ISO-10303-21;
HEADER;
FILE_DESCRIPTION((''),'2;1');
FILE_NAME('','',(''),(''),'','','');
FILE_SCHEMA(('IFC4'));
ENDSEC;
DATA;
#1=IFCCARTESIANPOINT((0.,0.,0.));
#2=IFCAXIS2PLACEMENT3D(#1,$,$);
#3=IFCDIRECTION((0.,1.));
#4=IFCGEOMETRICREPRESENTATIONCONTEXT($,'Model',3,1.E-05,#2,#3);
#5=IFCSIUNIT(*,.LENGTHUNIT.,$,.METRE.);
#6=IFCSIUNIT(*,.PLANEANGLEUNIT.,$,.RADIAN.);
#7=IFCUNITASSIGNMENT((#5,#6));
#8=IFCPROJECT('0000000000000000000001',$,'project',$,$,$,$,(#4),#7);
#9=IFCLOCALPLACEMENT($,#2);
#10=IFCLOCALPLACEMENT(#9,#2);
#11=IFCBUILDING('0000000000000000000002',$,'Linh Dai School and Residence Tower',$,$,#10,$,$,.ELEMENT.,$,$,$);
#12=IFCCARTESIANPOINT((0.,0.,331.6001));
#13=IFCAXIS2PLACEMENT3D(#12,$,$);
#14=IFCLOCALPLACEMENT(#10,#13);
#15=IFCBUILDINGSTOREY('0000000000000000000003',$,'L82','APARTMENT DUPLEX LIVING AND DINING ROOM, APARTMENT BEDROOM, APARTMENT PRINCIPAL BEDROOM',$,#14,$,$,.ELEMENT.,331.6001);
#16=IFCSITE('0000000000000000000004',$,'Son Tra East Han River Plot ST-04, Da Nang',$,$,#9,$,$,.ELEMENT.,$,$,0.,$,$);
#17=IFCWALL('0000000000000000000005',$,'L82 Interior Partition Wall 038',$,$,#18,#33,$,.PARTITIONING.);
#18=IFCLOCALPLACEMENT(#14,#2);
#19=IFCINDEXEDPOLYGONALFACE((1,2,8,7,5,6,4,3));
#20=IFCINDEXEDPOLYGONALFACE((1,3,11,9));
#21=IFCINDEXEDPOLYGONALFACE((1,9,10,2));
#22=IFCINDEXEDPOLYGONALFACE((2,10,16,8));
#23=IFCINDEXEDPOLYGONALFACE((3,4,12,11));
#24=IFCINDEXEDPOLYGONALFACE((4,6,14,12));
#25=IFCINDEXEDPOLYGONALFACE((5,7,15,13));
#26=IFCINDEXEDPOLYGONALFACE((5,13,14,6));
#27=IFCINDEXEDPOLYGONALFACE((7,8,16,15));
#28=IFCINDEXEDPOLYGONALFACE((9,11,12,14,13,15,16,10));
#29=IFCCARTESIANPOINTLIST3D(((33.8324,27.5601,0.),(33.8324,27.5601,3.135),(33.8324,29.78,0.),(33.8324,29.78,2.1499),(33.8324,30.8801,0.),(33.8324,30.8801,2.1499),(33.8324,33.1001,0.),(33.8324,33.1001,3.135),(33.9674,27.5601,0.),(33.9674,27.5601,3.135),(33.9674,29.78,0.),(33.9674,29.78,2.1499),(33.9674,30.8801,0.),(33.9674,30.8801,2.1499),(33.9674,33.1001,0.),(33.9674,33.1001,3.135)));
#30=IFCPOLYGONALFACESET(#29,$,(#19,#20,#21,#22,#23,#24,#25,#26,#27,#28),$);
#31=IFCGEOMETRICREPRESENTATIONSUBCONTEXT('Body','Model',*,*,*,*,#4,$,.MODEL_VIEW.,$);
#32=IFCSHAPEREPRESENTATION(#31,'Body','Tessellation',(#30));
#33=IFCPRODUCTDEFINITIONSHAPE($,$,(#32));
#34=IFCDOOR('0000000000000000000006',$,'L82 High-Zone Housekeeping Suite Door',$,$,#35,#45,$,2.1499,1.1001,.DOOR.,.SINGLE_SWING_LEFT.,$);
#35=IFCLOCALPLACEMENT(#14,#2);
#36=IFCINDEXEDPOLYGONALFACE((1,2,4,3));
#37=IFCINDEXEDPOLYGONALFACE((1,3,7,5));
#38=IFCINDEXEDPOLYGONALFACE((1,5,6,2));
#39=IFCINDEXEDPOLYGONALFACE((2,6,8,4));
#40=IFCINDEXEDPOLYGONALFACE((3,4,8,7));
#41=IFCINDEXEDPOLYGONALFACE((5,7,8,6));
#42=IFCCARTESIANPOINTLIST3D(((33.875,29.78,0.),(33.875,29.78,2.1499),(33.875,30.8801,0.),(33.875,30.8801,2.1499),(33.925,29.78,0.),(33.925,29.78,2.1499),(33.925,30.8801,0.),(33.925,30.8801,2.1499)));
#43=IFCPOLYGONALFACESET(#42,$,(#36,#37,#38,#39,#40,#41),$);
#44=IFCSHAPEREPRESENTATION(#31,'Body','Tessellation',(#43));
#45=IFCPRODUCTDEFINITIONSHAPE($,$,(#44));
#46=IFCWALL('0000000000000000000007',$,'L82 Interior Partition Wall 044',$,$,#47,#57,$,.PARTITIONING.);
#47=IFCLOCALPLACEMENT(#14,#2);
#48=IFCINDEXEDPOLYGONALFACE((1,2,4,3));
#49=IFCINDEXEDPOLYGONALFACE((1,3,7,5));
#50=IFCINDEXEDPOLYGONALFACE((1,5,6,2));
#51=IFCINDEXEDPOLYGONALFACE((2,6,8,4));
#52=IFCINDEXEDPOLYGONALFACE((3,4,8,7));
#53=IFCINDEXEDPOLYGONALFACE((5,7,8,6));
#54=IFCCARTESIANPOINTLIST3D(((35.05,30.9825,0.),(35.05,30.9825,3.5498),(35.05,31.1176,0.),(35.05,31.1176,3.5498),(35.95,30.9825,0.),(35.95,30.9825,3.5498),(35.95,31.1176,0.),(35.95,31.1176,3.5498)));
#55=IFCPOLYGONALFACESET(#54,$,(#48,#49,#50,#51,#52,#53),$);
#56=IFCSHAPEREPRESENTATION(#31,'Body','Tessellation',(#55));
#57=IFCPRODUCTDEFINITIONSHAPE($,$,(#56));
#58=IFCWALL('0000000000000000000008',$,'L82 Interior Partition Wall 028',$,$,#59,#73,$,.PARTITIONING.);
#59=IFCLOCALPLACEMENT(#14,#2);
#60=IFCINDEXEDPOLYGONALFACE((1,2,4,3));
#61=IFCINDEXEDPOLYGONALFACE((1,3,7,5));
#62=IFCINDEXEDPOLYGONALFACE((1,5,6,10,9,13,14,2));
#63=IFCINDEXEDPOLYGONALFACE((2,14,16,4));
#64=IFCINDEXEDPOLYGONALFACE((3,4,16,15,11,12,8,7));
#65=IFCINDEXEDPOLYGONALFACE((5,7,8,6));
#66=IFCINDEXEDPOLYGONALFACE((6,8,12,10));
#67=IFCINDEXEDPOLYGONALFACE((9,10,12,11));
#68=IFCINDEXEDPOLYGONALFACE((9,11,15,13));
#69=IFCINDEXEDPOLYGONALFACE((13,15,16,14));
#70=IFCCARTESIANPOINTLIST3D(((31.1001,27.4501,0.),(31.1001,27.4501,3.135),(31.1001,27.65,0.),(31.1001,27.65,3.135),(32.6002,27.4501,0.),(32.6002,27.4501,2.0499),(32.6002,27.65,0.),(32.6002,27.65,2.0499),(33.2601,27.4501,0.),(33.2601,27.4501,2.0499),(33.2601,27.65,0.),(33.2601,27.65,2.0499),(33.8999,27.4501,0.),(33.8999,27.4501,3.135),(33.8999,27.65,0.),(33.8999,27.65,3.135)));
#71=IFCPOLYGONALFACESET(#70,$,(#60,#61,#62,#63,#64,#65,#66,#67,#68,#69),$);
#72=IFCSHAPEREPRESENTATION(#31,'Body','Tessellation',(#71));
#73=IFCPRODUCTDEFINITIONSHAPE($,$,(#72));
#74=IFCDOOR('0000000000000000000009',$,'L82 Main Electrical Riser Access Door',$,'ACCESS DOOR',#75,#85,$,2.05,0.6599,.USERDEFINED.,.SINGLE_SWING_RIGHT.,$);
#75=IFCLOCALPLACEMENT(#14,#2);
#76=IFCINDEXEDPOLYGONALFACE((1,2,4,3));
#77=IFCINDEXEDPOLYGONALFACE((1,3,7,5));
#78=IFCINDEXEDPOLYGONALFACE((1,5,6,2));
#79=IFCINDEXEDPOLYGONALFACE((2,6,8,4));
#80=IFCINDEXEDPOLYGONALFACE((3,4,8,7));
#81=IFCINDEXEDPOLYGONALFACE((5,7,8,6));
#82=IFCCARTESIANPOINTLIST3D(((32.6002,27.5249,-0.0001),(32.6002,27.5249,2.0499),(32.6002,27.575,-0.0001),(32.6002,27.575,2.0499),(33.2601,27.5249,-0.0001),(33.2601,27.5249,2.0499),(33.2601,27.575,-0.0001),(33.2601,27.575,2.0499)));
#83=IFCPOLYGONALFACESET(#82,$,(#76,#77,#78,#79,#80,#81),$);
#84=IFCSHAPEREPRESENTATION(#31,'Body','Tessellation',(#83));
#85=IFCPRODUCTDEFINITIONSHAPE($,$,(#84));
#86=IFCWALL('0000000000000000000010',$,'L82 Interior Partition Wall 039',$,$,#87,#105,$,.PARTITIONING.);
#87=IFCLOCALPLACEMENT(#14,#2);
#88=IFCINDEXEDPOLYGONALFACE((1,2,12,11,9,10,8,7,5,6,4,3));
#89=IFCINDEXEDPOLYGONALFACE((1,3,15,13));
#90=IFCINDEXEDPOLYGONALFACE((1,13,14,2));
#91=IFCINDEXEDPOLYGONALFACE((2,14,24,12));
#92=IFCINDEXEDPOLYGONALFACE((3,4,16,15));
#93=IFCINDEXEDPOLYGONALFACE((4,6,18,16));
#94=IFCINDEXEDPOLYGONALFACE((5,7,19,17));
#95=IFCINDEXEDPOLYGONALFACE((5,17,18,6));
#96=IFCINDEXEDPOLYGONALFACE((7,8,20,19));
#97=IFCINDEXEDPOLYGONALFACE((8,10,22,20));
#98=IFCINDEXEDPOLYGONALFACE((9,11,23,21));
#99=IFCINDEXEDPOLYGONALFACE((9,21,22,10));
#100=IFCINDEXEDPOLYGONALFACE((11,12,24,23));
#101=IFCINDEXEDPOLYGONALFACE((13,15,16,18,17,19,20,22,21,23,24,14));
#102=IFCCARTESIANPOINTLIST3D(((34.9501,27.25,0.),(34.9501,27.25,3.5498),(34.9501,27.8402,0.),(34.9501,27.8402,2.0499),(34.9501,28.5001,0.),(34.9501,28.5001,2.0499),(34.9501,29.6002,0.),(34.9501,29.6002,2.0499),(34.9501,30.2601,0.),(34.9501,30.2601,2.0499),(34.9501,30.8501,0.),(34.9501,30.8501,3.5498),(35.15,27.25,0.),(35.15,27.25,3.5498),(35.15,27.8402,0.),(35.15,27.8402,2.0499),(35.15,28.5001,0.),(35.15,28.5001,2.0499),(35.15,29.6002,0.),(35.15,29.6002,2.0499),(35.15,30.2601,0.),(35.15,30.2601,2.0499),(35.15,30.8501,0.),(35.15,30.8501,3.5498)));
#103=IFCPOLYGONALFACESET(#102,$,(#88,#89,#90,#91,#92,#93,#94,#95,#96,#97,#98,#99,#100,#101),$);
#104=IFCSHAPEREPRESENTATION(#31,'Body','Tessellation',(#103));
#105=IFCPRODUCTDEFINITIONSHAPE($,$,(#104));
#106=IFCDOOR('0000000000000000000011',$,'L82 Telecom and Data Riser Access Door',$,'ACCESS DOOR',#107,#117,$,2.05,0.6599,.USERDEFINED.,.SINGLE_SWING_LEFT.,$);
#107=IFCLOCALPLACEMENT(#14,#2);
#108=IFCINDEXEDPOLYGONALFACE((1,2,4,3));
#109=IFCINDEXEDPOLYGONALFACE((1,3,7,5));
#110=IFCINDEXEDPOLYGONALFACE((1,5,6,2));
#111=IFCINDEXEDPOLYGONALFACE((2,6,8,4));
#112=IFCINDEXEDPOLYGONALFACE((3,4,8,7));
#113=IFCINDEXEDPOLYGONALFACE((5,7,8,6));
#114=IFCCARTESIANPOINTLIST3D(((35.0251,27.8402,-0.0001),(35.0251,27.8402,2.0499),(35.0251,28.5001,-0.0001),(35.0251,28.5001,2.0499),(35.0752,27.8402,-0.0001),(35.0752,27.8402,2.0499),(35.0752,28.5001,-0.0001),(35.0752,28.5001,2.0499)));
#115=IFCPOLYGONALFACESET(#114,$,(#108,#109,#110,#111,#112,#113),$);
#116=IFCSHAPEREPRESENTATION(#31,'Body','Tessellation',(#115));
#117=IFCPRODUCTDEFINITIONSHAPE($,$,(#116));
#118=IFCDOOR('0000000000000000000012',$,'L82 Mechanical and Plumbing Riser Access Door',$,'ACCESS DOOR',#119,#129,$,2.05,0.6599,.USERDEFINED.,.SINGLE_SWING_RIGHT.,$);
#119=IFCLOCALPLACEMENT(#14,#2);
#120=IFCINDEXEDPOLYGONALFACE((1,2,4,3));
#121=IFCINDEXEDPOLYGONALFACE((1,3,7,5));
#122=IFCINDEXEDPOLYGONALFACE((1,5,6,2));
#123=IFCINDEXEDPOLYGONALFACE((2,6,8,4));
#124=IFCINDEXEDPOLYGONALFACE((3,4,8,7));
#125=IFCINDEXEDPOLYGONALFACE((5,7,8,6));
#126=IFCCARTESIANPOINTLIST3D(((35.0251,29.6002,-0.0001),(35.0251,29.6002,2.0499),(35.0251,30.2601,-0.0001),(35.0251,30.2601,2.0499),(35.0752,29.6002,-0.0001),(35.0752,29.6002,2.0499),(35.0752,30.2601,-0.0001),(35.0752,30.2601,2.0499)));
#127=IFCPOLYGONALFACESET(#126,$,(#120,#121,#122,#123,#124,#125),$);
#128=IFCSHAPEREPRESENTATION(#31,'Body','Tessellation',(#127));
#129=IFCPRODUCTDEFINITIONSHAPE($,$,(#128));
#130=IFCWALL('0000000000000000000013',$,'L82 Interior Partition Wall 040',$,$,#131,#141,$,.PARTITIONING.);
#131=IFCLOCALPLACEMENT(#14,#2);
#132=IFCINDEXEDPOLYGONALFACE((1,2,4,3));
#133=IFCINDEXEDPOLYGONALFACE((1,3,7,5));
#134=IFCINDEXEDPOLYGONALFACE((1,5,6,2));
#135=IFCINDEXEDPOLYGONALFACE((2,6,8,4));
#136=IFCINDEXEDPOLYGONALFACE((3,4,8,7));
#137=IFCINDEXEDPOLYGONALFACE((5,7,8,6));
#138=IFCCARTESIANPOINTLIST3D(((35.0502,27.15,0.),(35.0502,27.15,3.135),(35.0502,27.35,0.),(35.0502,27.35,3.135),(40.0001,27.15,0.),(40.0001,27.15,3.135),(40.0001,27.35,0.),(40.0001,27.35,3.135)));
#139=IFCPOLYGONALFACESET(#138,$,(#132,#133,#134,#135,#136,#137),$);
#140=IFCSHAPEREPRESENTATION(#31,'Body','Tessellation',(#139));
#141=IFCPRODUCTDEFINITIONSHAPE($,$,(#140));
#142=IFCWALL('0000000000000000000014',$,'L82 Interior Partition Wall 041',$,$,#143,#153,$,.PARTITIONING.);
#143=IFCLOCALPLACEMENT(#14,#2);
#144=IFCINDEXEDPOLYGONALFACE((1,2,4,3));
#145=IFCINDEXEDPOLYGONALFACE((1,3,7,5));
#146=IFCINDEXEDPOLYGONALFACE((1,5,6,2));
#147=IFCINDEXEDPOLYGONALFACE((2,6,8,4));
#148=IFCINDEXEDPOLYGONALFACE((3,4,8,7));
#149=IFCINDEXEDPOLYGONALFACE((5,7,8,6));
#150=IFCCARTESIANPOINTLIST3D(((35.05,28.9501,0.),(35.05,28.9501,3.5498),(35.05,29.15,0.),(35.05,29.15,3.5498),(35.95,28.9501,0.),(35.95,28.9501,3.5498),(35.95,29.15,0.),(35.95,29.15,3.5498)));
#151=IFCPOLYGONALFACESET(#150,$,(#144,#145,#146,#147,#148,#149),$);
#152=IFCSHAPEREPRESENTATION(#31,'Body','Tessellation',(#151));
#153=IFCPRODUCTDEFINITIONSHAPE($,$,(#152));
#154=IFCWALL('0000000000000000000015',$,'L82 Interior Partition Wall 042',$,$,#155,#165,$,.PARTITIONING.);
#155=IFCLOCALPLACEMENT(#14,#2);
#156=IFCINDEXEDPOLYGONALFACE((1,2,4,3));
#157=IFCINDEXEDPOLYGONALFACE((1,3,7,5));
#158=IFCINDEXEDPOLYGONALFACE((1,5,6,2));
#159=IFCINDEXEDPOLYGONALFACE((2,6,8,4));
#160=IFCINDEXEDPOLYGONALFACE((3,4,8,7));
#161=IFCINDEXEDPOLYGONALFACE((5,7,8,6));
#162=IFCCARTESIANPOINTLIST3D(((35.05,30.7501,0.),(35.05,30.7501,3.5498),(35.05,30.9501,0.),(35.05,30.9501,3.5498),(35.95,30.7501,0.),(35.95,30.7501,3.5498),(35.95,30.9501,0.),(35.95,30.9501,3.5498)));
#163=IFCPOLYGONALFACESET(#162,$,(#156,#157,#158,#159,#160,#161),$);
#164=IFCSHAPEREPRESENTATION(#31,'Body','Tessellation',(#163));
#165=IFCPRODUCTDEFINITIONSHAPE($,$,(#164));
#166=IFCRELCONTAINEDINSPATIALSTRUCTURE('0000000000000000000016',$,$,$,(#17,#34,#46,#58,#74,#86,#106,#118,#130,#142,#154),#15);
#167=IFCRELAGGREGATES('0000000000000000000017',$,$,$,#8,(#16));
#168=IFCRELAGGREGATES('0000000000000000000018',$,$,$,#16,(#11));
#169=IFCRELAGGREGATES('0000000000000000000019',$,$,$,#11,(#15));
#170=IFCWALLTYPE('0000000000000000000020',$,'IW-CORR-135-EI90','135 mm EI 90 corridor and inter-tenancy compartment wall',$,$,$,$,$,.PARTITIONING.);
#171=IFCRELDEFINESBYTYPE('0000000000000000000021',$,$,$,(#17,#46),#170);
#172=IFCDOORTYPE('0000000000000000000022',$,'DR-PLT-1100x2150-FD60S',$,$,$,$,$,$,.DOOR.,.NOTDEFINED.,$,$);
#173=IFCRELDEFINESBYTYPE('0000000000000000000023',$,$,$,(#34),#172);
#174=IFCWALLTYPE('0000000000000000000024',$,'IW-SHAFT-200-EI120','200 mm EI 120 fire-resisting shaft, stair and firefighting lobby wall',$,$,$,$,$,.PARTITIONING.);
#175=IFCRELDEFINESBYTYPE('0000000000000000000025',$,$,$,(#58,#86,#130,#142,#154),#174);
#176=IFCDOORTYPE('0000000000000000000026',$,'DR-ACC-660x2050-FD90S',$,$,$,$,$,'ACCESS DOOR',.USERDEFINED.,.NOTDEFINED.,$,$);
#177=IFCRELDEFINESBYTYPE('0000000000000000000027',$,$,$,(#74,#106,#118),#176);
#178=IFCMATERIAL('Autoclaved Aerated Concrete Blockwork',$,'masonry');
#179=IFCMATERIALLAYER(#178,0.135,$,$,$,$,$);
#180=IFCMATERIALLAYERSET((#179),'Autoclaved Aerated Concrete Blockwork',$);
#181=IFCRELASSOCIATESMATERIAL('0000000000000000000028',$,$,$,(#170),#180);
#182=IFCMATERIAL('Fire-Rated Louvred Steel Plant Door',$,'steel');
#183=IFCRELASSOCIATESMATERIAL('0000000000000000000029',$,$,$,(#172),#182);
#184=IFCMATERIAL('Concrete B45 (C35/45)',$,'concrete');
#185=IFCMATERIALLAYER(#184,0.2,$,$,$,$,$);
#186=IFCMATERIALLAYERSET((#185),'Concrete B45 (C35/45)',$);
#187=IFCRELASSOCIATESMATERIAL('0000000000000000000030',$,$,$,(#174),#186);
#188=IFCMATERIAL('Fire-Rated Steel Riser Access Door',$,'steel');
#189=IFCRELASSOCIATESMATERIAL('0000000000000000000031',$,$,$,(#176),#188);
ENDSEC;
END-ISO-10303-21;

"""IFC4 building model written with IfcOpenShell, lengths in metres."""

from ifc_helpers import new_model, si_unit, direction, frame, frame_2d, origin, origin_2d, place, context, subcontext, project, spatial, rectangle, extrude, source, transform, mapped, material, layer, layer_set, type_object, element, fill, save


model = new_model("IFC4")

# Units and contexts
model_context = context("Model", 3, precision=1e-05, world=origin(), true_north=direction((0.0, 1.0)))
body_context = subcontext(model_context, "Body", "Model", "MODEL_VIEW")
ifc_project = project(units=[si_unit("LENGTHUNIT", "METRE"), si_unit("PLANEANGLEUNIT", "RADIAN")], contexts=[model_context])

# Site, building, storey
site_placement = place(None, origin())
site = spatial("IfcSite", under=ifc_project, at=site_placement, Name="Son Tra East Han River Plot ST-04, Da Nang", CompositionType="ELEMENT", RefElevation=0.0)
building_placement = place(site_placement, origin())
building = spatial("IfcBuilding", under=site, at=building_placement, Name="Linh Dai School and Residence Tower", CompositionType="ELEMENT")
storey_placement = place(building_placement, frame((0.0, 0.0, 331.6001)))
storey = spatial("IfcBuildingStorey", under=building, at=storey_placement, Name="L82", Description="APARTMENT DUPLEX LIVING AND DINING ROOM, APARTMENT BEDROOM, APARTMENT PRINCIPAL BEDROOM", CompositionType="ELEMENT", Elevation=331.6001)

# Wall, opening, door
ifc_material_1 = material(Name="Autoclaved Aerated Concrete Blockwork", Category="masonry")
ifc_layer_1 = layer(ifc_material_1, 0.135)
ifc_layer_set_1 = layer_set([ifc_layer_1], Name="Autoclaved Aerated Concrete Blockwork")
wall_type_1 = type_object("IfcWallType", Name="IW-CORR-135-EI90", Description="135 mm EI 90 corridor and inter-tenancy compartment wall", PredefinedType="PARTITIONING", material=ifc_layer_set_1)
wall_1_placement = place(storey_placement, frame((33.8999, 27.5601, 0.0), z_axis=(0.0, 0.0, 1.0), x_axis=(0.0, 1.0, 0.0)))
wall_1 = element("IfcWall", 1, at=wall_1_placement, inside=storey, type_object=wall_type_1, Name="L82 Interior Partition Wall 038", PredefinedType="PARTITIONING", context=body_context, shape_type="SweptSolid", body=[
    extrude(rectangle(XDim=5.54, YDim=0.135, at=frame_2d((2.77, 0.0))), origin(), (0.0, 0.0, 1.0), 3.135),
])
opening_1_placement = place(wall_1_placement, frame((2.22, 0.0, 0.0)))
opening_1 = element("IfcOpeningElement", 2, at=opening_1_placement, cuts=wall_1, PredefinedType="OPENING", context=body_context, shape_type="SweptSolid", body=[
    extrude(rectangle(XDim=1.1001, YDim=2.1499, at=origin_2d()), frame((0.55, 0.0776, 1.075), z_axis=(0.0, -1.0, 0.0), x_axis=(1.0, 0.0, 0.0)), (0.0, 0.0, 1.0), 0.155),
])
ifc_material_2 = material(Name="Fire-Rated Louvred Steel Plant Door", Category="steel")
door_type_1 = type_object("IfcDoorType", Name="DR-PLT-1100x2150-FD60S", OperationType="NOTDEFINED", PredefinedType="DOOR", material=ifc_material_2)
shared_shape_1 = source(origin(), body_context, "Body", "SweptSolid", [
    extrude(rectangle(XDim=1.1001, YDim=2.1499, at=origin_2d()), frame((0.55, 0.0249, 1.075), z_axis=(0.0, -1.0, 0.0), x_axis=(1.0, 0.0, 0.0)), (0.0, 0.0, 1.0), 0.05),
])
door_1_placement = place(opening_1_placement, origin())
door_1 = element("IfcDoor", 3, at=door_1_placement, inside=storey, type_object=door_type_1, Name="L82 High-Zone Housekeeping Suite Door", OperationType="SINGLE_SWING_LEFT", OverallHeight=2.1499, OverallWidth=1.1001, PredefinedType="DOOR", context=body_context, shape_type="MappedRepresentation", body=[
    mapped(shared_shape_1, transform((0.0, 0.0, 0.0), x_axis=(1.0, 0.0, 0.0), y_axis=(0.0, 1.0, 0.0), z_axis=(0.0, 0.0, 1.0), scale=1.0)),
])
fill(opening_1, door_1)

# Wall
wall_2_placement = place(storey_placement, frame((35.05, 31.05, 0.0), z_axis=(0.0, 0.0, 1.0), x_axis=(1.0, 0.0, 0.0)))
element("IfcWall", 4, at=wall_2_placement, inside=storey, type_object=wall_type_1, Name="L82 Interior Partition Wall 044", PredefinedType="PARTITIONING", context=body_context, shape_type="SweptSolid", body=[
    extrude(rectangle(XDim=0.8999, YDim=0.135, at=frame_2d((0.45, 0.0))), origin(), (0.0, 0.0, 1.0), 3.5498),
])

# Wall, opening, door
ifc_material_3 = material(Name="Concrete B45 (C35/45)", Category="concrete")
ifc_layer_2 = layer(ifc_material_3, 0.2)
ifc_layer_set_2 = layer_set([ifc_layer_2], Name="Concrete B45 (C35/45)")
wall_type_2 = type_object("IfcWallType", Name="IW-SHAFT-200-EI120", Description="200 mm EI 120 fire-resisting shaft, stair and firefighting lobby wall", PredefinedType="PARTITIONING", material=ifc_layer_set_2)
wall_3_placement = place(storey_placement, frame((31.1001, 27.55, 0.0), z_axis=(0.0, 0.0, 1.0), x_axis=(1.0, 0.0, 0.0)))
wall_3 = element("IfcWall", 5, at=wall_3_placement, inside=storey, type_object=wall_type_2, Name="L82 Interior Partition Wall 028", PredefinedType="PARTITIONING", context=body_context, shape_type="SweptSolid", body=[
    extrude(rectangle(XDim=2.7998, YDim=0.2, at=frame_2d((1.3999, 0.0))), origin(), (0.0, 0.0, 1.0), 3.135),
])
opening_2_placement = place(wall_3_placement, frame((1.5, 0.0, 0.0)))
opening_2 = element("IfcOpeningElement", 6, at=opening_2_placement, cuts=wall_3, PredefinedType="OPENING", context=body_context, shape_type="SweptSolid", body=[
    extrude(rectangle(XDim=0.6599, YDim=2.05, at=origin_2d()), frame((0.3301, 0.1099, 1.0249), z_axis=(0.0, -1.0, 0.0), x_axis=(1.0, 0.0, 0.0)), (0.0, 0.0, 1.0), 0.22),
])
ifc_material_4 = material(Name="Fire-Rated Steel Riser Access Door", Category="steel")
door_type_2 = type_object("IfcDoorType", Name="DR-ACC-660x2050-FD90S", ElementType="ACCESS DOOR", OperationType="NOTDEFINED", PredefinedType="USERDEFINED", material=ifc_material_4)
shared_shape_2 = source(origin(), body_context, "Body", "SweptSolid", [
    extrude(rectangle(XDim=0.6599, YDim=2.05, at=origin_2d()), frame((0.3301, 0.0249, 1.0249), z_axis=(0.0, -1.0, 0.0), x_axis=(1.0, 0.0, 0.0)), (0.0, 0.0, 1.0), 0.05),
])
door_2_placement = place(opening_2_placement, origin())
door_2 = element("IfcDoor", 7, at=door_2_placement, inside=storey, type_object=door_type_2, Name="L82 Main Electrical Riser Access Door", ObjectType="ACCESS DOOR", OperationType="SINGLE_SWING_RIGHT", OverallHeight=2.05, OverallWidth=0.6599, PredefinedType="USERDEFINED", context=body_context, shape_type="MappedRepresentation", body=[
    mapped(shared_shape_2, transform((0.0, 0.0, 0.0), x_axis=(1.0, 0.0, 0.0), y_axis=(0.0, 1.0, 0.0), z_axis=(0.0, 0.0, 1.0), scale=1.0)),
])
fill(opening_2, door_2)

# Wall, openings, doors
wall_4_placement = place(storey_placement, frame((35.05, 27.25, 0.0), z_axis=(0.0, 0.0, 1.0), x_axis=(0.0, 1.0, 0.0)))
wall_4 = element("IfcWall", 8, at=wall_4_placement, inside=storey, type_object=wall_type_2, Name="L82 Interior Partition Wall 039", PredefinedType="PARTITIONING", context=body_context, shape_type="SweptSolid", body=[
    extrude(rectangle(XDim=3.6001, YDim=0.2, at=frame_2d((1.8, 0.0))), origin(), (0.0, 0.0, 1.0), 3.5498),
])
opening_3_placement = place(wall_4_placement, frame((0.5901, 0.0, 0.0)))
opening_3 = element("IfcOpeningElement", 9, at=opening_3_placement, cuts=wall_4, PredefinedType="OPENING", context=body_context, shape_type="SweptSolid", body=[
    extrude(rectangle(XDim=0.6599, YDim=2.05, at=origin_2d()), frame((0.3301, 0.1099, 1.0249), z_axis=(0.0, -1.0, 0.0), x_axis=(1.0, 0.0, 0.0)), (0.0, 0.0, 1.0), 0.22),
])
opening_4_placement = place(wall_4_placement, frame((2.3501, 0.0, 0.0)))
opening_4 = element("IfcOpeningElement", 10, at=opening_4_placement, cuts=wall_4, PredefinedType="OPENING", context=body_context, shape_type="SweptSolid", body=[
    extrude(rectangle(XDim=0.6599, YDim=2.05, at=origin_2d()), frame((0.3301, 0.1099, 1.0249), z_axis=(0.0, -1.0, 0.0), x_axis=(1.0, 0.0, 0.0)), (0.0, 0.0, 1.0), 0.22),
])
door_3_placement = place(opening_3_placement, origin())
door_3 = element("IfcDoor", 11, at=door_3_placement, inside=storey, type_object=door_type_2, Name="L82 Telecom and Data Riser Access Door", ObjectType="ACCESS DOOR", OperationType="SINGLE_SWING_LEFT", OverallHeight=2.05, OverallWidth=0.6599, PredefinedType="USERDEFINED", context=body_context, shape_type="MappedRepresentation", body=[
    mapped(shared_shape_2, transform((0.0, 0.0, 0.0), x_axis=(1.0, 0.0, 0.0), y_axis=(0.0, 1.0, 0.0), z_axis=(0.0, 0.0, 1.0), scale=1.0)),
])
fill(opening_3, door_3)
door_4_placement = place(opening_4_placement, origin())
door_4 = element("IfcDoor", 12, at=door_4_placement, inside=storey, type_object=door_type_2, Name="L82 Mechanical and Plumbing Riser Access Door", ObjectType="ACCESS DOOR", OperationType="SINGLE_SWING_RIGHT", OverallHeight=2.05, OverallWidth=0.6599, PredefinedType="USERDEFINED", context=body_context, shape_type="MappedRepresentation", body=[
    mapped(shared_shape_2, transform((0.0, 0.0, 0.0), x_axis=(1.0, 0.0, 0.0), y_axis=(0.0, 1.0, 0.0), z_axis=(0.0, 0.0, 1.0), scale=1.0)),
])
fill(opening_4, door_4)

# Walls
wall_5_placement = place(storey_placement, frame((35.05, 27.25, 0.0), z_axis=(0.0, 0.0, 1.0), x_axis=(1.0, 0.0, 0.0)))
element("IfcWall", 13, at=wall_5_placement, inside=storey, type_object=wall_type_2, Name="L82 Interior Partition Wall 040", PredefinedType="PARTITIONING", context=body_context, shape_type="SweptSolid", body=[
    extrude(rectangle(XDim=4.95, YDim=0.2, at=frame_2d((2.4751, 0.0))), origin(), (0.0, 0.0, 1.0), 3.135),
])
for number, where, z_axis, x_axis, name in (
    (14, (35.05, 29.05, 0.0), (0.0, 0.0, 1.0), (1.0, 0.0, 0.0), "L82 Interior Partition Wall 041"),
    (15, (35.05, 30.8501, 0.0), (0.0, 0.0, 1.0), (1.0, 0.0, 0.0), "L82 Interior Partition Wall 042"),
):
    element("IfcWall", number, at=place(storey_placement, frame(where, z_axis=z_axis, x_axis=x_axis)), inside=storey, type_object=wall_type_2, Name=name, PredefinedType="PARTITIONING", context=body_context, shape_type="SweptSolid", body=[
        extrude(rectangle(XDim=0.8999, YDim=0.2, at=frame_2d((0.45, 0.0))), origin(), (0.0, 0.0, 1.0), 3.5498),
    ])

save(model, "model.ifc")
